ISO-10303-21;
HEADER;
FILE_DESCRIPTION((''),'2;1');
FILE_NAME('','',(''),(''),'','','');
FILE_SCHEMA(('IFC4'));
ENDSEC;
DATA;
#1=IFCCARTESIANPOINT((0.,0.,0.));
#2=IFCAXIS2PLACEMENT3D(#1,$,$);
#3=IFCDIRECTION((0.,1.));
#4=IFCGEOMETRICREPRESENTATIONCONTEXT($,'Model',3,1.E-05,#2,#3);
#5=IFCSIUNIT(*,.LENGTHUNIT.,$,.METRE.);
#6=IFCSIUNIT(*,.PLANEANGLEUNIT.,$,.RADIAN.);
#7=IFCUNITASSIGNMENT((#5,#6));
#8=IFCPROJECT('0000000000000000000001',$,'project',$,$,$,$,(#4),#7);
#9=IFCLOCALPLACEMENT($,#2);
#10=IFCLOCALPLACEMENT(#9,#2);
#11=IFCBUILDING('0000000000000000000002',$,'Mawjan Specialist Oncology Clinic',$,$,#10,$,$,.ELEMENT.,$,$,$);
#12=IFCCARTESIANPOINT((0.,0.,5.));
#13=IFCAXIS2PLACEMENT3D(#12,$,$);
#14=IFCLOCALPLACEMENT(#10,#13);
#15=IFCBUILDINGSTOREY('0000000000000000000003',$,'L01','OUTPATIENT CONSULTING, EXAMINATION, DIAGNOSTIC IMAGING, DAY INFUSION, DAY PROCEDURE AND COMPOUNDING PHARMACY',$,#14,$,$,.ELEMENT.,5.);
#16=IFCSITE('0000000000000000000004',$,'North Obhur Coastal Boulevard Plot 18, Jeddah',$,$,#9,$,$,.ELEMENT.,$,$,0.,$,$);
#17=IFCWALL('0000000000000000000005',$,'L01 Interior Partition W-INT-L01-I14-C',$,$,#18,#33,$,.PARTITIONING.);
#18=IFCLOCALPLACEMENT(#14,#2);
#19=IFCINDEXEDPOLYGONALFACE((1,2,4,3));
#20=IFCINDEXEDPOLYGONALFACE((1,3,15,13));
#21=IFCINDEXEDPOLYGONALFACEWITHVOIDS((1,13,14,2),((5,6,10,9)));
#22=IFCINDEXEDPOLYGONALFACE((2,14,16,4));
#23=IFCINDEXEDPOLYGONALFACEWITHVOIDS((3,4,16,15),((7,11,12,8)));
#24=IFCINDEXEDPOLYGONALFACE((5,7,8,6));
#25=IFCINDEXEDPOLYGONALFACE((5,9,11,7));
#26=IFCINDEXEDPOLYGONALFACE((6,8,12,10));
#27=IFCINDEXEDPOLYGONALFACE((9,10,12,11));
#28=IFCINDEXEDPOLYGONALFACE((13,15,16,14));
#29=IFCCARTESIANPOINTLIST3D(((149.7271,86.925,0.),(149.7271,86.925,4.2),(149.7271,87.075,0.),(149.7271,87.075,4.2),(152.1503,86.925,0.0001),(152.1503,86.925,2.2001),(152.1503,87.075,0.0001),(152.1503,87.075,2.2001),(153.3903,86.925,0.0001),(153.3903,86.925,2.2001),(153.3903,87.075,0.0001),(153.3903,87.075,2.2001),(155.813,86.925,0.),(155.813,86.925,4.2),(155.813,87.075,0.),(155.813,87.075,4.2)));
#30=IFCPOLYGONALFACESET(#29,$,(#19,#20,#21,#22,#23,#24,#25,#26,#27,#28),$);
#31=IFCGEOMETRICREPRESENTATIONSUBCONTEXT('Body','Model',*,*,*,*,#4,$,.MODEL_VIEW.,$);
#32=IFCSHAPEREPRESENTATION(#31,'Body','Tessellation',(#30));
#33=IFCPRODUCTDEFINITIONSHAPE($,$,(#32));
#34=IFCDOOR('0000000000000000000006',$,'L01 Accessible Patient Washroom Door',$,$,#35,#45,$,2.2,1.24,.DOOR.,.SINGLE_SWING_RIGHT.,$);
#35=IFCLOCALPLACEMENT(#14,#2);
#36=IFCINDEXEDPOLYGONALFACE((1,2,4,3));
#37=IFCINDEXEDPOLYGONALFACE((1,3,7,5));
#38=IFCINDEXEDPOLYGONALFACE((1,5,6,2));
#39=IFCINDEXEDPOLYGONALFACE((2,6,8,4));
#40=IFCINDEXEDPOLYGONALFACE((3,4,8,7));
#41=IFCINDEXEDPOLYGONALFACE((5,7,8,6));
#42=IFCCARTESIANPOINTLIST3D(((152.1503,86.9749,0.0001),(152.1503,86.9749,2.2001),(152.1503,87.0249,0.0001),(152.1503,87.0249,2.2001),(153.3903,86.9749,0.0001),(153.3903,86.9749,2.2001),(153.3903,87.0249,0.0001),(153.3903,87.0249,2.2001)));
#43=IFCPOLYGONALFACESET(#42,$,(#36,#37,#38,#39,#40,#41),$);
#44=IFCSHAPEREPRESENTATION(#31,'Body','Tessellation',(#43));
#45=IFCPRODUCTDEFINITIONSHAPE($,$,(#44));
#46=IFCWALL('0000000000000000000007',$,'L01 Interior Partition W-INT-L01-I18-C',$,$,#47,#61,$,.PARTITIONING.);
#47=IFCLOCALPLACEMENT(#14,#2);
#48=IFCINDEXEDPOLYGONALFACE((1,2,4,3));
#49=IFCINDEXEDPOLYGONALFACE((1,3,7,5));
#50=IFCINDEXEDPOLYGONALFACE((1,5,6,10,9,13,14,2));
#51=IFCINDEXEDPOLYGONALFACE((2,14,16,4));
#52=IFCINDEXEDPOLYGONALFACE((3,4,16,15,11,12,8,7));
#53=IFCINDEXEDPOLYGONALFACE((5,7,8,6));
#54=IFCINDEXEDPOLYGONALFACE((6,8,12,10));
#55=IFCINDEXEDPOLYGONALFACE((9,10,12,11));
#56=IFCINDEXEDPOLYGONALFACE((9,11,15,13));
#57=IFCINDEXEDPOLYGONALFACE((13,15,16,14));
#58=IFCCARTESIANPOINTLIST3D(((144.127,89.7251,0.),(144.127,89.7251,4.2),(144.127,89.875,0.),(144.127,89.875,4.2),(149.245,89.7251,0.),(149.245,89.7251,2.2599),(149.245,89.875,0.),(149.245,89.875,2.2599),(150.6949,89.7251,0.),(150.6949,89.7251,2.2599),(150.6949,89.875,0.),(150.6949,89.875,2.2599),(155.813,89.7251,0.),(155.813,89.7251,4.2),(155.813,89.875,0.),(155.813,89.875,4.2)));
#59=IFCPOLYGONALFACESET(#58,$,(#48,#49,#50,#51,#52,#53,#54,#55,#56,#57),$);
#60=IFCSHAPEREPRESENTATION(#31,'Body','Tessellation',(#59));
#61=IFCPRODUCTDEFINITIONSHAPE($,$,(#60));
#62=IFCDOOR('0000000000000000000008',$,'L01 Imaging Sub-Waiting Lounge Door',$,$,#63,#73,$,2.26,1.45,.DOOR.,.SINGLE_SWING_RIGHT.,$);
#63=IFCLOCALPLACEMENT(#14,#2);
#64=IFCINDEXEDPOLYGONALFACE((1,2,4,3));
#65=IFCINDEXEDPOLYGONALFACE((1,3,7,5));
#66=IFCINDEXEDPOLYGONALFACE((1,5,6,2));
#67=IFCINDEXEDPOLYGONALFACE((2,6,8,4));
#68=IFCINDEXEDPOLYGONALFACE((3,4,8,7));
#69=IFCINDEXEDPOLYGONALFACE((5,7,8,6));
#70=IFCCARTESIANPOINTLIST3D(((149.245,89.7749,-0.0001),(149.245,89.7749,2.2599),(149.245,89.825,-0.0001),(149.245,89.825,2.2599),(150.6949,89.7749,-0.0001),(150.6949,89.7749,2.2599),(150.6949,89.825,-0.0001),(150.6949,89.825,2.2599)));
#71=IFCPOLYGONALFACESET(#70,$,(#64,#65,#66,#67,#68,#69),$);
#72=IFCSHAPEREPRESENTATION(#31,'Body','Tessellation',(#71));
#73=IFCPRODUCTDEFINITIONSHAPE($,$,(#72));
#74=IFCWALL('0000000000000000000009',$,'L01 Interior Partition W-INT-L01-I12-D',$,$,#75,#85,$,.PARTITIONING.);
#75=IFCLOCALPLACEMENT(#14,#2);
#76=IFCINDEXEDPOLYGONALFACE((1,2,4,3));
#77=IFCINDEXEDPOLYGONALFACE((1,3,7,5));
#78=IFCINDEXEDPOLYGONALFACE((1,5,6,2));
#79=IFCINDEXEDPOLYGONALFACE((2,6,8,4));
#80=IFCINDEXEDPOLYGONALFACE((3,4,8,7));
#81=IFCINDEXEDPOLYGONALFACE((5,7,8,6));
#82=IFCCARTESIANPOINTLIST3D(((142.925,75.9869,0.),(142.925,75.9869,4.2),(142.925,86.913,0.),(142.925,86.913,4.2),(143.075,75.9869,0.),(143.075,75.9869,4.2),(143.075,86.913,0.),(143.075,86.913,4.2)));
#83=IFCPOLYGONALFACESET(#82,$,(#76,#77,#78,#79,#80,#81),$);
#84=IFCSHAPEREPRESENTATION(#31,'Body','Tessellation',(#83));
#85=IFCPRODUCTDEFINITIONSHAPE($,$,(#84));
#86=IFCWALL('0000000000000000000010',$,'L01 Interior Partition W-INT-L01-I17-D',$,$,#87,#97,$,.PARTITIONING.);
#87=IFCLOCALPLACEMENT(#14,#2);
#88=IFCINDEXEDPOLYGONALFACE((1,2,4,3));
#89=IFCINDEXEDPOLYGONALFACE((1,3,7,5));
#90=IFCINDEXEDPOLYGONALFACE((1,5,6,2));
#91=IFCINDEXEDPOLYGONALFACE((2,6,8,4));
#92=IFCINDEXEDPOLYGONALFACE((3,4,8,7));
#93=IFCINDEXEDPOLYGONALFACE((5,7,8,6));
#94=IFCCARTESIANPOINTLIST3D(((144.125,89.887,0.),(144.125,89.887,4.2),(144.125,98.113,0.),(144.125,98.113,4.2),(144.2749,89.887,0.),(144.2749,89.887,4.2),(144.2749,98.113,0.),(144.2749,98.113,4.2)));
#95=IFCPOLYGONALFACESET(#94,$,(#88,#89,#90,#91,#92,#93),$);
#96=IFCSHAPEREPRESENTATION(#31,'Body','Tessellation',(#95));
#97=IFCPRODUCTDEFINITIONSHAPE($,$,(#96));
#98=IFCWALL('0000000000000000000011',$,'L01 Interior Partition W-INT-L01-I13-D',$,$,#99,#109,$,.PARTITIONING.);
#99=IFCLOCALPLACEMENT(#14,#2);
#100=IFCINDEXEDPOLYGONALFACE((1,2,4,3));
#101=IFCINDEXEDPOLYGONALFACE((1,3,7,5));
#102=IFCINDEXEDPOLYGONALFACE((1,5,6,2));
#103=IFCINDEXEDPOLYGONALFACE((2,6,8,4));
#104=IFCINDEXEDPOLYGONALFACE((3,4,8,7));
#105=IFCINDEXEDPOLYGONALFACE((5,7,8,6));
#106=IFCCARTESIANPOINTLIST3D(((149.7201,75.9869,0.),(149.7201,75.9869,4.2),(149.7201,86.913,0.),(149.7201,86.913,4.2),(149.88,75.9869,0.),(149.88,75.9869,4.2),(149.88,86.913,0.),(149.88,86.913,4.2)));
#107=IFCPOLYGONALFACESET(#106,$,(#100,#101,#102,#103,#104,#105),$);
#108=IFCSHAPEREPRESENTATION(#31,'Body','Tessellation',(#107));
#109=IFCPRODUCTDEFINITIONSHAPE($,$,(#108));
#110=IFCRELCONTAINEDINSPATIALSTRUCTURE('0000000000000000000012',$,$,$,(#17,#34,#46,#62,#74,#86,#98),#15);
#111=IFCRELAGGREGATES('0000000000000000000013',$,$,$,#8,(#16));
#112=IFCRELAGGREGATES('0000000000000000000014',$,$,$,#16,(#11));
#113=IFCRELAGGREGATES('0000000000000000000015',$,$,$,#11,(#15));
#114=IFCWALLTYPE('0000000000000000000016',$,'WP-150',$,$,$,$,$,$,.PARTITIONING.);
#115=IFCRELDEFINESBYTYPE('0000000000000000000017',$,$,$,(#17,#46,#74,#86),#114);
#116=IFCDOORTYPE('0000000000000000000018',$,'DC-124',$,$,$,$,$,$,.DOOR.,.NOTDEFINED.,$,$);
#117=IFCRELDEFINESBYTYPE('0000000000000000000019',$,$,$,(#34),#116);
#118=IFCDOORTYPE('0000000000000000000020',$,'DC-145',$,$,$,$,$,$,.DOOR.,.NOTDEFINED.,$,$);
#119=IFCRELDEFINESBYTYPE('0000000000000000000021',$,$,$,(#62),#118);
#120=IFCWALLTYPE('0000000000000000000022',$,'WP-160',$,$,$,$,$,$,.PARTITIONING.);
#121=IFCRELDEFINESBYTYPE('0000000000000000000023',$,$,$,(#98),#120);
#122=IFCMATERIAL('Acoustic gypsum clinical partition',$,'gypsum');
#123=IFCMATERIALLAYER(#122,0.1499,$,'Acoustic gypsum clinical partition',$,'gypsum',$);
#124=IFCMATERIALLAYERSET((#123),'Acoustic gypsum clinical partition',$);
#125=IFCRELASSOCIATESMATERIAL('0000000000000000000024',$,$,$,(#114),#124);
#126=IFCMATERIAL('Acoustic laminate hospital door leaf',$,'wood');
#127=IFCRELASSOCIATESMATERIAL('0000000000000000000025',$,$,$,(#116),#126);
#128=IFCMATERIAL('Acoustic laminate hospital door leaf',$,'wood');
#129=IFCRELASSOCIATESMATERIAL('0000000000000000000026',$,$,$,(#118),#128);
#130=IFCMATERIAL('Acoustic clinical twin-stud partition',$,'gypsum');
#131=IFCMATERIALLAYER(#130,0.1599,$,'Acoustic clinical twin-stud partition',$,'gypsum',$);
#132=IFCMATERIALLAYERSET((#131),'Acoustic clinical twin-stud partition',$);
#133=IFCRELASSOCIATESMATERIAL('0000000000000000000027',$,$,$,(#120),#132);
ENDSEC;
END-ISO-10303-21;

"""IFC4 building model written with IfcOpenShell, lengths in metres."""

from ifc_helpers import new_model, si_unit, direction, frame, frame_2d, origin, place, context, subcontext, project, spatial, rectangle, extrude, material, layer, layer_set, type_object, element, fill, save


model = new_model("IFC4")

# Units and contexts
model_context = context("Model", 3, precision=1e-05, world=origin(), true_north=direction((0.0, 1.0)))
body_context = subcontext(model_context, "Body", "Model", "MODEL_VIEW")
ifc_project = project(units=[si_unit("LENGTHUNIT", "METRE"), si_unit("PLANEANGLEUNIT", "RADIAN")], contexts=[model_context])

# Site, building, storey
site_placement = place(None, origin())
site = spatial("IfcSite", under=ifc_project, at=site_placement, Name="North Obhur Coastal Boulevard Plot 18, Jeddah", CompositionType="ELEMENT", RefElevation=0.0)
building_placement = place(site_placement, origin())
building = spatial("IfcBuilding", under=site, at=building_placement, Name="Mawjan Specialist Oncology Clinic", CompositionType="ELEMENT")
storey_placement = place(building_placement, frame((0.0, 0.0, 5.0)))
storey = spatial("IfcBuildingStorey", under=building, at=storey_placement, Name="L01", Description="OUTPATIENT CONSULTING, EXAMINATION, DIAGNOSTIC IMAGING, DAY INFUSION, DAY PROCEDURE AND COMPOUNDING PHARMACY", CompositionType="ELEMENT", Elevation=5.0)

# Walls, openings, doors
ifc_material_1 = material(Name="Acoustic gypsum clinical partition", Category="gypsum")
ifc_layer_1 = layer(ifc_material_1, 0.1499, Name="Acoustic gypsum clinical partition", Category="gypsum")
ifc_layer_set_1 = layer_set([ifc_layer_1], Name="Acoustic gypsum clinical partition")
wall_type_1 = type_object("IfcWallType", Name="WP-150", PredefinedType="PARTITIONING", material=ifc_layer_set_1)
wall_1_placement = place(storey_placement, frame((149.7271, 87.0, 0.0), z_axis=(0.0, 0.0, 1.0), x_axis=(1.0, 0.0, 0.0)))
wall_1 = element("IfcWall", 1, at=wall_1_placement, inside=storey, type_object=wall_type_1, Name="L01 Interior Partition W-INT-L01-I14-C", PredefinedType="PARTITIONING", context=body_context, shape_type="SweptSolid", body=[
    extrude(rectangle(XDim=6.0859, YDim=0.1499, at=frame_2d((3.043, 0.0))), origin(), (0.0, 0.0, 1.0), 4.2),
])
opening_1_placement = place(wall_1_placement, frame((2.4231, 0.0, 0.0)))
opening_1 = element("IfcOpeningElement", 2, at=opening_1_placement, cuts=wall_1, PredefinedType="OPENING", context=body_context, shape_type="SweptSolid", body=[
    extrude(rectangle(XDim=1.24, YDim=2.2, at=frame_2d((0.6201, 1.1001))), frame((0.0, 0.0869, 0.0), z_axis=(0.0, -1.0, 0.0), x_axis=(1.0, 0.0, 0.0)), (0.0, 0.0, 1.0), 0.1738),
])
ifc_material_2 = material(Name="Acoustic laminate hospital door leaf", Category="wood")
door_type_1 = type_object("IfcDoorType", Name="DC-124", OperationType="NOTDEFINED", PredefinedType="DOOR", material=ifc_material_2)
door_1_placement = place(opening_1_placement, origin())
door_1 = element("IfcDoor", 3, at=door_1_placement, inside=storey, type_object=door_type_1, Name="L01 Accessible Patient Washroom Door", OperationType="SINGLE_SWING_RIGHT", OverallHeight=2.2, OverallWidth=1.24, PredefinedType="DOOR", context=body_context, shape_type="SweptSolid", body=[
    extrude(rectangle(XDim=1.24, YDim=2.2, at=frame_2d((0.6201, 1.1001))), frame((0.0, 0.0249, 0.0), z_axis=(0.0, -1.0, 0.0), x_axis=(1.0, 0.0, 0.0)), (0.0, 0.0, 1.0), 0.05),
])
fill(opening_1, door_1)
wall_2_placement = place(storey_placement, frame((144.127, 89.8, 0.0), z_axis=(0.0, 0.0, 1.0), x_axis=(1.0, 0.0, 0.0)))
wall_2 = element("IfcWall", 4, at=wall_2_placement, inside=storey, type_object=wall_type_1, Name="L01 Interior Partition W-INT-L01-I18-C", PredefinedType="PARTITIONING", context=body_context, shape_type="SweptSolid", body=[
    extrude(rectangle(XDim=11.686, YDim=0.1499, at=frame_2d((5.843, 0.0))), origin(), (0.0, 0.0, 1.0), 4.2),
])
opening_2_placement = place(wall_2_placement, frame((5.1179, 0.0, 0.0)))
opening_2 = element("IfcOpeningElement", 5, at=opening_2_placement, cuts=wall_2, PredefinedType="OPENING", context=body_context, shape_type="SweptSolid", body=[
    extrude(rectangle(XDim=1.45, YDim=2.26, at=frame_2d((0.7251, 1.1299))), frame((0.0, 0.0869, 0.0), z_axis=(0.0, -1.0, 0.0), x_axis=(1.0, 0.0, 0.0)), (0.0, 0.0, 1.0), 0.1738),
])
ifc_material_3 = material(Name="Acoustic laminate hospital door leaf", Category="wood")
door_type_2 = type_object("IfcDoorType", Name="DC-145", OperationType="NOTDEFINED", PredefinedType="DOOR", material=ifc_material_3)
door_2_placement = place(opening_2_placement, origin())
door_2 = element("IfcDoor", 6, at=door_2_placement, inside=storey, type_object=door_type_2, Name="L01 Imaging Sub-Waiting Lounge Door", OperationType="SINGLE_SWING_RIGHT", OverallHeight=2.26, OverallWidth=1.45, PredefinedType="DOOR", context=body_context, shape_type="SweptSolid", body=[
    extrude(rectangle(XDim=1.45, YDim=2.26, at=frame_2d((0.7251, 1.1299))), frame((0.0, 0.0249, 0.0), z_axis=(0.0, -1.0, 0.0), x_axis=(1.0, 0.0, 0.0)), (0.0, 0.0, 1.0), 0.05),
])
fill(opening_2, door_2)

# Walls
wall_3_placement = place(storey_placement, frame((143.0, 75.9871, 0.0), z_axis=(0.0, 0.0, 1.0), x_axis=(0.0, 1.0, 0.0)))
element("IfcWall", 7, at=wall_3_placement, inside=storey, type_object=wall_type_1, Name="L01 Interior Partition W-INT-L01-I12-D", PredefinedType="PARTITIONING", context=body_context, shape_type="SweptSolid", body=[
    extrude(rectangle(XDim=10.926, YDim=0.1499, at=frame_2d((5.4629, 0.0))), origin(), (0.0, 0.0, 1.0), 4.2),
])
wall_4_placement = place(storey_placement, frame((144.2, 89.887, 0.0), z_axis=(0.0, 0.0, 1.0), x_axis=(0.0, 1.0, 0.0)))
element("IfcWall", 8, at=wall_4_placement, inside=storey, type_object=wall_type_1, Name="L01 Interior Partition W-INT-L01-I17-D", PredefinedType="PARTITIONING", context=body_context, shape_type="SweptSolid", body=[
    extrude(rectangle(XDim=8.2261, YDim=0.1499, at=frame_2d((4.113, 0.0))), origin(), (0.0, 0.0, 1.0), 4.2),
])
ifc_material_4 = material(Name="Acoustic clinical twin-stud partition", Category="gypsum")
ifc_layer_2 = layer(ifc_material_4, 0.1599, Name="Acoustic clinical twin-stud partition", Category="gypsum")
ifc_layer_set_2 = layer_set([ifc_layer_2], Name="Acoustic clinical twin-stud partition")
wall_type_2 = type_object("IfcWallType", Name="WP-160", PredefinedType="PARTITIONING", material=ifc_layer_set_2)
wall_5_placement = place(storey_placement, frame((149.8, 75.9871, 0.0), z_axis=(0.0, 0.0, 1.0), x_axis=(0.0, 1.0, 0.0)))
element("IfcWall", 9, at=wall_5_placement, inside=storey, type_object=wall_type_2, Name="L01 Interior Partition W-INT-L01-I13-D", PredefinedType="PARTITIONING", context=body_context, shape_type="SweptSolid", body=[
    extrude(rectangle(XDim=10.926, YDim=0.1599, at=frame_2d((5.4629, 0.0))), origin(), (0.0, 0.0, 1.0), 4.2),
])

save(model, "model.ifc")
